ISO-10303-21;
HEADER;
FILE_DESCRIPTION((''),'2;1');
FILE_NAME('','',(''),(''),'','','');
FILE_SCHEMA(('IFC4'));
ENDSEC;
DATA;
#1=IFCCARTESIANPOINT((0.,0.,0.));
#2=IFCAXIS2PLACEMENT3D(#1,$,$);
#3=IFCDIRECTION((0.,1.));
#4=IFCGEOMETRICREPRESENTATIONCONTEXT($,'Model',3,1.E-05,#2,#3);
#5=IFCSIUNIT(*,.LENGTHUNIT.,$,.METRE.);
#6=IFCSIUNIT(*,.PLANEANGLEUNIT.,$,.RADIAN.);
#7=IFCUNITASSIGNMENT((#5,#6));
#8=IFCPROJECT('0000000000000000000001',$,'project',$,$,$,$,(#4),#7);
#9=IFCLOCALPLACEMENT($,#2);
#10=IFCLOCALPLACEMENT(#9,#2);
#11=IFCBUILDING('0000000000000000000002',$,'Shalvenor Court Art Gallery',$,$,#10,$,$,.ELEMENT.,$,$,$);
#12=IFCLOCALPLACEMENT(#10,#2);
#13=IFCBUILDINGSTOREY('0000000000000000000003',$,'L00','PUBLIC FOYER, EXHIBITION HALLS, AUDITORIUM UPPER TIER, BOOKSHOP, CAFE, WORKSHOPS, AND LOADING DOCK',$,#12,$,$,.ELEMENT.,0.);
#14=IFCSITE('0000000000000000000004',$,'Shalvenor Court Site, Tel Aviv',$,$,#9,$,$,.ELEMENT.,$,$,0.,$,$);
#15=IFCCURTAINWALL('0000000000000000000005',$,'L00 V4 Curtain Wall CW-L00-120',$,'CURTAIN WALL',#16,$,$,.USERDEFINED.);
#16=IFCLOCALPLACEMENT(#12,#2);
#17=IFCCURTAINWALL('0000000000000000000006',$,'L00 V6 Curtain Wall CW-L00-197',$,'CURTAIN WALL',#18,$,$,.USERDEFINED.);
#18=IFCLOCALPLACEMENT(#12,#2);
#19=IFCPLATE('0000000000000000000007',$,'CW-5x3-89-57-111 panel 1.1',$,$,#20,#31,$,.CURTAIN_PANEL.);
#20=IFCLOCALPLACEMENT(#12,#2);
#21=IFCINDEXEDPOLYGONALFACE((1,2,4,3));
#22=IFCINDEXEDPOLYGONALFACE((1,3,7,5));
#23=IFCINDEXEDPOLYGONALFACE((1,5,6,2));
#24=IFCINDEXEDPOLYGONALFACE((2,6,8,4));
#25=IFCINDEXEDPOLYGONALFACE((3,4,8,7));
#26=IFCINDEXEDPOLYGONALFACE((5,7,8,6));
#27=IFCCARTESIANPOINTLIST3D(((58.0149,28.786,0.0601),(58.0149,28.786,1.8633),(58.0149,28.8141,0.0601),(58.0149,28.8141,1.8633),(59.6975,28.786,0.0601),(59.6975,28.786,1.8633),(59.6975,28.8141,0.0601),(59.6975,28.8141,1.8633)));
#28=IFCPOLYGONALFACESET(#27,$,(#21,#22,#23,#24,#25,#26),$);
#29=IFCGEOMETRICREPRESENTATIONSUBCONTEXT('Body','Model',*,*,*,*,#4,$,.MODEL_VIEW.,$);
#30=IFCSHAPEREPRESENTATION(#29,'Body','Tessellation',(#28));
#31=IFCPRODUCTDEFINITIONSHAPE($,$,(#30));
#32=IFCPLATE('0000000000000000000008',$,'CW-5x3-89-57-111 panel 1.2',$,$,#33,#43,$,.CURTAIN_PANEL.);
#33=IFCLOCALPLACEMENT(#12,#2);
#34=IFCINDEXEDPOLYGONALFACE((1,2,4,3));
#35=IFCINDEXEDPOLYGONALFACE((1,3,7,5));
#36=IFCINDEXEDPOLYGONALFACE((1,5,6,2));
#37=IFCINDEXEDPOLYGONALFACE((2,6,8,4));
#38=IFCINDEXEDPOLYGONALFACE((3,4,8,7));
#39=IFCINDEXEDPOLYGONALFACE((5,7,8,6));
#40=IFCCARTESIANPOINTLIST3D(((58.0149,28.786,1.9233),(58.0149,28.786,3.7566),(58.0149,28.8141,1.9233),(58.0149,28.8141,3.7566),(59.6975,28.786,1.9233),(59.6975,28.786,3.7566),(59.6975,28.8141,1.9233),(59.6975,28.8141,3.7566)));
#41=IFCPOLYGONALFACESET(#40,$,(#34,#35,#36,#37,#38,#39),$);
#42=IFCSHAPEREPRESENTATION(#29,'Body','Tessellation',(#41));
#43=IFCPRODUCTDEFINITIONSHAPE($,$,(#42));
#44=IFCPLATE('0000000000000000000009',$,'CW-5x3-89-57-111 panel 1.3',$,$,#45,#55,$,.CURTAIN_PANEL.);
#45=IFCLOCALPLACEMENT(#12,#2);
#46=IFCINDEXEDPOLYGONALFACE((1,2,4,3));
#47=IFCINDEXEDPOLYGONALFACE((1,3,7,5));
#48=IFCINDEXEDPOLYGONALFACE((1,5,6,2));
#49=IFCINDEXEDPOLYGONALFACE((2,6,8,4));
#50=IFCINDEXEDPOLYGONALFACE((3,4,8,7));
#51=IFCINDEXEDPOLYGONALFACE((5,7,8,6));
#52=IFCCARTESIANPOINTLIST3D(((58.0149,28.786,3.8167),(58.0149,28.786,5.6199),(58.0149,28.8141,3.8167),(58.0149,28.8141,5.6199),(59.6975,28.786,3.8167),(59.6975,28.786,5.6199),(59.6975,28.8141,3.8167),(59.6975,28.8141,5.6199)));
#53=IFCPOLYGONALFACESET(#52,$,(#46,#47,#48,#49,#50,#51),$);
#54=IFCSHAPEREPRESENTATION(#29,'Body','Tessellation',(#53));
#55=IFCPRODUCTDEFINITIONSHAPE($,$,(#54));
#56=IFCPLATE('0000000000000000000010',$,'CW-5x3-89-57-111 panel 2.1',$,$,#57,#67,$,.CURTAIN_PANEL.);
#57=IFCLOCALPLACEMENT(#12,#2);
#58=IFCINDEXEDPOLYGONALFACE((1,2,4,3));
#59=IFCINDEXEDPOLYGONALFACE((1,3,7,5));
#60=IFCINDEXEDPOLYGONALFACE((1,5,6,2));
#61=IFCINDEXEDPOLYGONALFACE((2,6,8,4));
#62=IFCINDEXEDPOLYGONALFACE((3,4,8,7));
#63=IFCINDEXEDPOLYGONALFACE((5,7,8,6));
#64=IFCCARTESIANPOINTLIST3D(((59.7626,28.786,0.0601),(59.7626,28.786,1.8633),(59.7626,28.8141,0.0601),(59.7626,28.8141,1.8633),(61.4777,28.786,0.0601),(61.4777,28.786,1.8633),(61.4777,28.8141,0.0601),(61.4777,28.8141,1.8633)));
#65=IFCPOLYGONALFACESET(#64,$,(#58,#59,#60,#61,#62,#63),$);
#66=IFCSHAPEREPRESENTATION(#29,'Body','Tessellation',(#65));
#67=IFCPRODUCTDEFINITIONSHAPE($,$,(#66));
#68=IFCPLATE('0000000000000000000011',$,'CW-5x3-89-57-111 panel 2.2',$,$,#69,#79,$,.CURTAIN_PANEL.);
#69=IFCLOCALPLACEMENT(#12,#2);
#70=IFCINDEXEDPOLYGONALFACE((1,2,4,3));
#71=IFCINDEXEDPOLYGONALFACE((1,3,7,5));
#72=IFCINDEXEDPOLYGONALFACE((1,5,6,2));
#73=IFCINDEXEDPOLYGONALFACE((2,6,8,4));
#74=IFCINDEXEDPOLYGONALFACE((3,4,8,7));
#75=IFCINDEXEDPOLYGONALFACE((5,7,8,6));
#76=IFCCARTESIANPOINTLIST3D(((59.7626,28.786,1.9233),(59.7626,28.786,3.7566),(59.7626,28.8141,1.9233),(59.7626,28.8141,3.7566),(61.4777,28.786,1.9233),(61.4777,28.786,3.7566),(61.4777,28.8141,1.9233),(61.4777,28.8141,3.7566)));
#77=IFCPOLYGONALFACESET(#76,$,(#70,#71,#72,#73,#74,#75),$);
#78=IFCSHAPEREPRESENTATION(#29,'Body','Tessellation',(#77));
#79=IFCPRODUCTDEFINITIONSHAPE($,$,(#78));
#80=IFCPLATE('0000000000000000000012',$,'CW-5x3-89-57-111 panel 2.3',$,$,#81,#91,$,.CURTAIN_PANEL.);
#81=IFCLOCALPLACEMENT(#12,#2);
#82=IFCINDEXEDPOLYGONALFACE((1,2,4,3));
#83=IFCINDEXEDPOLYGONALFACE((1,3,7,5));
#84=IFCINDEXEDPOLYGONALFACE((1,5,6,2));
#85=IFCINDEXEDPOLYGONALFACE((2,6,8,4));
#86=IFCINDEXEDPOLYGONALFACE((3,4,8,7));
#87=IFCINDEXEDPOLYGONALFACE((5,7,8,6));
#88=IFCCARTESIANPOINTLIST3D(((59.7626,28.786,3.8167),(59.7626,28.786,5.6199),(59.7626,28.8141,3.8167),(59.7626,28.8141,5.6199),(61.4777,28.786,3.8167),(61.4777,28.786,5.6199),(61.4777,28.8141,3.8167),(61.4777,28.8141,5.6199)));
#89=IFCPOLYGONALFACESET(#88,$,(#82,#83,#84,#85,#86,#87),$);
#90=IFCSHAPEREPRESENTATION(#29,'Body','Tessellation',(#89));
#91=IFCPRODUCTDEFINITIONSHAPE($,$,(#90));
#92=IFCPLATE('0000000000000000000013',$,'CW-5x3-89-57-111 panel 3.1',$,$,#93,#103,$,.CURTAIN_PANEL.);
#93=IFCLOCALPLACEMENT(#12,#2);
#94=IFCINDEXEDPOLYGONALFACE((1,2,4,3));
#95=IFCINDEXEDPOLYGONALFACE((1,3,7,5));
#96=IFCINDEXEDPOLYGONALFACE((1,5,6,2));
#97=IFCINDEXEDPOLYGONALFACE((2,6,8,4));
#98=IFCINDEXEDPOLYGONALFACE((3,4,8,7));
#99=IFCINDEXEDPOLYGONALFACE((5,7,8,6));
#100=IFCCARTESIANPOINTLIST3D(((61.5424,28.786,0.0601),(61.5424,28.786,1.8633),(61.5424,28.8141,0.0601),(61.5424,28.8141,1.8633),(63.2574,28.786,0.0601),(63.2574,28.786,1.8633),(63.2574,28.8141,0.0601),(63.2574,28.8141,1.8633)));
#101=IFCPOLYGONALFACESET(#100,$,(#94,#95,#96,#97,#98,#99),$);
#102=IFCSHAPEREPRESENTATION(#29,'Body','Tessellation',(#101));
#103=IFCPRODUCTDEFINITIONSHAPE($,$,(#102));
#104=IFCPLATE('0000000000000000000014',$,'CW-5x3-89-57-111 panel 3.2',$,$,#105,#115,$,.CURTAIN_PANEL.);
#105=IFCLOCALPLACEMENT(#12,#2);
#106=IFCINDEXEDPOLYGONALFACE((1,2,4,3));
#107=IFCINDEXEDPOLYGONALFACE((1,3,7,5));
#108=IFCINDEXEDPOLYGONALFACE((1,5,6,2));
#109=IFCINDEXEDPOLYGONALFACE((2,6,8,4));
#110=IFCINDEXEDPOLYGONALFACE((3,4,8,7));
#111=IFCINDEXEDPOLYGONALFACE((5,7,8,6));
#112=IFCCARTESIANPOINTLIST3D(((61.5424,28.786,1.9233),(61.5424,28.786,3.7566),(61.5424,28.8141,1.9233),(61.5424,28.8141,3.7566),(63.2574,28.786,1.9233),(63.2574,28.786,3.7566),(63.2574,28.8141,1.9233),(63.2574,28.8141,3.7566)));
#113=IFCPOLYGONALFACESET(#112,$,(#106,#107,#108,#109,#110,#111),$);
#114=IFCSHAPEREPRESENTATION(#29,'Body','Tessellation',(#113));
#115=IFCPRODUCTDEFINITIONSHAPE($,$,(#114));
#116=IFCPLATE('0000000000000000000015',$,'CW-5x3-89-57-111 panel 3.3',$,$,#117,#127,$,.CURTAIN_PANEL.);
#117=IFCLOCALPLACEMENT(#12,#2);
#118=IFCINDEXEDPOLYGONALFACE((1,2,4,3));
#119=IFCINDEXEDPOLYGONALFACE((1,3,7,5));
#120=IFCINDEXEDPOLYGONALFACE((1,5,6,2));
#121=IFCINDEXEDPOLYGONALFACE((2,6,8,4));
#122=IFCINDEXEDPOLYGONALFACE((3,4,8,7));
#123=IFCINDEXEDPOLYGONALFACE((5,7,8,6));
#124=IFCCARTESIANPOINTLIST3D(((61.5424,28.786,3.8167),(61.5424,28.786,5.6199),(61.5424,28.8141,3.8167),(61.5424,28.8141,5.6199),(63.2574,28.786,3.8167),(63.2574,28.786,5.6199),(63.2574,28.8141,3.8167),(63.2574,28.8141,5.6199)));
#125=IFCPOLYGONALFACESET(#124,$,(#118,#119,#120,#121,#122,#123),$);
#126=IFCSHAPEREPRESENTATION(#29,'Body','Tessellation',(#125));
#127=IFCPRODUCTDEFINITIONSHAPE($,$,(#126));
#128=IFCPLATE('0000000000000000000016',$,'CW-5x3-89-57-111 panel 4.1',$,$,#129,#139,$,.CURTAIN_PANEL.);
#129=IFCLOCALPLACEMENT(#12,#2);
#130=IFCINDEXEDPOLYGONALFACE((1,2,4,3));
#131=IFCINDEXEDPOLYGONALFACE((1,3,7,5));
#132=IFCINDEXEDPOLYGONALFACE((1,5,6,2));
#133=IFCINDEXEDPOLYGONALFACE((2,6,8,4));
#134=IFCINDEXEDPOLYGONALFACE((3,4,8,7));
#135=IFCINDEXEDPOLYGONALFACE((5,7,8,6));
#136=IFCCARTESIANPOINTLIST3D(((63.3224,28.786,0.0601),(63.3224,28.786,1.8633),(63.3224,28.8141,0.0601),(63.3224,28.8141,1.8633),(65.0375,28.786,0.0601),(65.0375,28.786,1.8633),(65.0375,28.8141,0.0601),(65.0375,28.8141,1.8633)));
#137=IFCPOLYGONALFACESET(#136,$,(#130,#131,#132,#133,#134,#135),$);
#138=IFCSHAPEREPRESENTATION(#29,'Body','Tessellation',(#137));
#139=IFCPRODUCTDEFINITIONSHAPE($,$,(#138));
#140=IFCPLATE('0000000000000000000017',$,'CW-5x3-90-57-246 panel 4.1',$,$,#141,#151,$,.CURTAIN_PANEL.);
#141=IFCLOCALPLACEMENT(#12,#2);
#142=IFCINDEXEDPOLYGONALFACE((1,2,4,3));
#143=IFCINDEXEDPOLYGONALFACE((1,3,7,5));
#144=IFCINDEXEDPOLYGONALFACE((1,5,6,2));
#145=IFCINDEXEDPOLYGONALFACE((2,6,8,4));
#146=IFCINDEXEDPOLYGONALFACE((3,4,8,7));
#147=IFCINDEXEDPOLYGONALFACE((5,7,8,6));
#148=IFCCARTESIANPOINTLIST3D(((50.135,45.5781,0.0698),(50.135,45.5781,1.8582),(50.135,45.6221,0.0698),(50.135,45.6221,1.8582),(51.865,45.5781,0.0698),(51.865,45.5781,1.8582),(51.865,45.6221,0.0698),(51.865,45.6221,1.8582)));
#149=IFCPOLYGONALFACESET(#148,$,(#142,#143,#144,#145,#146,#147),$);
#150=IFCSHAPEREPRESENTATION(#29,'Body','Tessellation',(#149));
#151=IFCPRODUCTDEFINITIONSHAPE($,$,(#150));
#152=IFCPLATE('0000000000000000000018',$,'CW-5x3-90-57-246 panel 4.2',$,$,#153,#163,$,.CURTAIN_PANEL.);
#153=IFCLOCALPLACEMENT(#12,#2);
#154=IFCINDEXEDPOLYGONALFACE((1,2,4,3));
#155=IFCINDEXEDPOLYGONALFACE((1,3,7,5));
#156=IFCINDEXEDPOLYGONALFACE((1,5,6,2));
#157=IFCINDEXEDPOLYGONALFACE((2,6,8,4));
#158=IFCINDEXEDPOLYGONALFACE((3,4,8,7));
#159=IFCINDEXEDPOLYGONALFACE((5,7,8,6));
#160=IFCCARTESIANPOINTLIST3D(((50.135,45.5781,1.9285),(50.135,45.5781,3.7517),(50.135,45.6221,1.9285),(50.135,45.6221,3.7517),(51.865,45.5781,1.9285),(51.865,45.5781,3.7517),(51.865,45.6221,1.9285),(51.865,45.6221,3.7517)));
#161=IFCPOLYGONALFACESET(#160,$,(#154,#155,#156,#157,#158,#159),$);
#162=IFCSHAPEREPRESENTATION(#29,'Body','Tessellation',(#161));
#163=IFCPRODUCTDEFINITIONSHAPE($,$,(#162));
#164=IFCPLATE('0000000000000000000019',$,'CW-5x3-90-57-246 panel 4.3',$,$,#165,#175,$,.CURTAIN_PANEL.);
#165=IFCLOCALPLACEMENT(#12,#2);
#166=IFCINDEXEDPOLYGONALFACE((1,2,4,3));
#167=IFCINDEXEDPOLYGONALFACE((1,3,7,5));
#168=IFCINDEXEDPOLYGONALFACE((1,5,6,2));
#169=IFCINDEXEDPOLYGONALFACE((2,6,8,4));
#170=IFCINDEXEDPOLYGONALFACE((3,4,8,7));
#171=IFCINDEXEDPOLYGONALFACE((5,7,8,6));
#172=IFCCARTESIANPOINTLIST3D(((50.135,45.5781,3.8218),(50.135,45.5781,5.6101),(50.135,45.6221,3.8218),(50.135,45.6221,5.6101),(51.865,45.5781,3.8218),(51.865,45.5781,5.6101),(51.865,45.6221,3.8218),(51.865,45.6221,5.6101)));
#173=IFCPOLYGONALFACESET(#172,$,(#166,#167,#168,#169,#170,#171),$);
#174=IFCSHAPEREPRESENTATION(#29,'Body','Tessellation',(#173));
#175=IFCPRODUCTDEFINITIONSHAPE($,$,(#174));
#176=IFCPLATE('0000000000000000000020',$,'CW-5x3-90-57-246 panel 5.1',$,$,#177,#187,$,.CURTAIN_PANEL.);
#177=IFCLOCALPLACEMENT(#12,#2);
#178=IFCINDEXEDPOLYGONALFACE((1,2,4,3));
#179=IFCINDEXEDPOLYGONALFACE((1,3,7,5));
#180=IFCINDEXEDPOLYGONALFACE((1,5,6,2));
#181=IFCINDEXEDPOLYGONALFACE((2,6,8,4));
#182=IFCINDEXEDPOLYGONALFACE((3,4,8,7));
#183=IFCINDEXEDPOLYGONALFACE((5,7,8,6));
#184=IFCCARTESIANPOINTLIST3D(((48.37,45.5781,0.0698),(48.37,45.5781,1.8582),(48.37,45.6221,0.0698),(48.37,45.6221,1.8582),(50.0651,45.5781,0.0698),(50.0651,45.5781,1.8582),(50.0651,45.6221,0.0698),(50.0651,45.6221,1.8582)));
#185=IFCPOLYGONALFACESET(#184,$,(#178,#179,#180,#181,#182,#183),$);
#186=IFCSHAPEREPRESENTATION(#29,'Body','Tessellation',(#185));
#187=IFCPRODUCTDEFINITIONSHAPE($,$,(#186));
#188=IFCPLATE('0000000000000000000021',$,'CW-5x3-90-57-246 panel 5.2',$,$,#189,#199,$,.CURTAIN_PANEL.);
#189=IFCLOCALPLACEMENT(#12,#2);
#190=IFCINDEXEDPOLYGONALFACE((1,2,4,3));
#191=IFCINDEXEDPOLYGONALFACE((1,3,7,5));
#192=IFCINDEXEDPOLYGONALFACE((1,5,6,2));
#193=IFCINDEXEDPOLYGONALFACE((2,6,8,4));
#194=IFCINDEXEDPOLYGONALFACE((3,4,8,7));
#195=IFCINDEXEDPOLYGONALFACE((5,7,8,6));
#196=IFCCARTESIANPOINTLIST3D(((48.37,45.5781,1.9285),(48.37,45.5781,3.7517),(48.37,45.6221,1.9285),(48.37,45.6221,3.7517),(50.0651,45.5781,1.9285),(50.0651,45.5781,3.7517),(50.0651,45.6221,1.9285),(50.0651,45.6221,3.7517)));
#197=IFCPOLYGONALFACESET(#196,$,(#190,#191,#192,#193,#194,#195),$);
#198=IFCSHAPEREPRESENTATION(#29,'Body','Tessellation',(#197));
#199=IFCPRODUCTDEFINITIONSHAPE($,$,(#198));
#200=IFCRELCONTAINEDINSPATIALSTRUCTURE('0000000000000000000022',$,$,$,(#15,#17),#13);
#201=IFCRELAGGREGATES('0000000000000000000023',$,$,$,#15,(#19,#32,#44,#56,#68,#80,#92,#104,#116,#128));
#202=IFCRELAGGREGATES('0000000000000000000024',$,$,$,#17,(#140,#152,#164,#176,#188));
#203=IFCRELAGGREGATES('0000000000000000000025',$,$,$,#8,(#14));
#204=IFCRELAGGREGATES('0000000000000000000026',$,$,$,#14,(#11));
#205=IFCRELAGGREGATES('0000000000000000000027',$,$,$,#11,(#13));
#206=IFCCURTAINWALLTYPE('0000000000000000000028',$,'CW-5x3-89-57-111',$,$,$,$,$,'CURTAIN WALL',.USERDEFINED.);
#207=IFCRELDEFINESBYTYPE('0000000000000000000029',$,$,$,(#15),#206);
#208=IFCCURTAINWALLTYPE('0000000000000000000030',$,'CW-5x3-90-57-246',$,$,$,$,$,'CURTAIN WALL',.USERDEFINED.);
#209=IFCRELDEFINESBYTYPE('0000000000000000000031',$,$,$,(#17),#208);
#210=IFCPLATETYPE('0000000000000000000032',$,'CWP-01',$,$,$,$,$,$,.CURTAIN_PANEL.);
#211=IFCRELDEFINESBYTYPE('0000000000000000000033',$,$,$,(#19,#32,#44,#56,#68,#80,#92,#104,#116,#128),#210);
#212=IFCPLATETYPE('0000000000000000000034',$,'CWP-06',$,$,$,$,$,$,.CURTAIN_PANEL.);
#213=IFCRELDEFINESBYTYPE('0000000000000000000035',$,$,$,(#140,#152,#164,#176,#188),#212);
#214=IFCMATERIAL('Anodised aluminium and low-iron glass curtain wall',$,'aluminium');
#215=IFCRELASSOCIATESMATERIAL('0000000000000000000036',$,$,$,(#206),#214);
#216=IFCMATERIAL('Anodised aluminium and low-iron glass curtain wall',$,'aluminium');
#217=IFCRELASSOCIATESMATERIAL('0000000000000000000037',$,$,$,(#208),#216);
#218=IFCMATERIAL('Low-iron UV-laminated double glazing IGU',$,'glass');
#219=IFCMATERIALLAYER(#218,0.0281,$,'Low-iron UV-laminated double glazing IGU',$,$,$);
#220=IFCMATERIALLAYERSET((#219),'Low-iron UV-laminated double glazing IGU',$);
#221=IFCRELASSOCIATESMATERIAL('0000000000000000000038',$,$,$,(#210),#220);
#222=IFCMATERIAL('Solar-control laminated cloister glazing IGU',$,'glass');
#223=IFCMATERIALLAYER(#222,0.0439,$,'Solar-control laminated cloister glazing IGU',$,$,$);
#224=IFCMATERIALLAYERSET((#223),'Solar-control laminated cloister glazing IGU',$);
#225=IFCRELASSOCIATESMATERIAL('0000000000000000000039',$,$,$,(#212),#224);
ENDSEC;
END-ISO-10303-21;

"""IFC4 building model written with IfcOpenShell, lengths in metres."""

from ifc_helpers import new_model, si_unit, direction, frame, origin, origin_2d, place, context, subcontext, project, spatial, rectangle, extrude, material, layer, layer_set, type_object, element, aggregate, save


model = new_model("IFC4")

# Units and contexts
model_context = context("Model", 3, precision=1e-05, world=origin(), true_north=direction((0.0, 1.0)))
body_context = subcontext(model_context, "Body", "Model", "MODEL_VIEW")
ifc_project = project(units=[si_unit("LENGTHUNIT", "METRE"), si_unit("PLANEANGLEUNIT", "RADIAN")], contexts=[model_context])

# Site, building, storey
site_placement = place(None, origin())
site = spatial("IfcSite", under=ifc_project, at=site_placement, Name="Shalvenor Court Site, Tel Aviv", CompositionType="ELEMENT", RefElevation=0.0)
building_placement = place(site_placement, origin())
building = spatial("IfcBuilding", under=site, at=building_placement, Name="Shalvenor Court Art Gallery", CompositionType="ELEMENT")
storey_placement = place(building_placement, origin())
storey = spatial("IfcBuildingStorey", under=building, at=storey_placement, Name="L00", Description="PUBLIC FOYER, EXHIBITION HALLS, AUDITORIUM UPPER TIER, BOOKSHOP, CAFE, WORKSHOPS, AND LOADING DOCK", CompositionType="ELEMENT", Elevation=0.0)

# Curtain walls
ifc_material_1 = material(Name="Anodised aluminium and low-iron glass curtain wall", Category="aluminium")
curtain_wall_type_1 = type_object("IfcCurtainWallType", Name="CW-5x3-89-57-111", ElementType="CURTAIN WALL", PredefinedType="USERDEFINED", material=ifc_material_1)
curtain_wall_1_placement = place(storey_placement, origin())
curtain_wall_1 = element("IfcCurtainWall", 1, at=curtain_wall_1_placement, inside=storey, type_object=curtain_wall_type_1, Name="L00 V4 Curtain Wall CW-L00-120", ObjectType="CURTAIN WALL", PredefinedType="USERDEFINED")
ifc_material_2 = material(Name="Anodised aluminium and low-iron glass curtain wall", Category="aluminium")
curtain_wall_type_2 = type_object("IfcCurtainWallType", Name="CW-5x3-90-57-246", ElementType="CURTAIN WALL", PredefinedType="USERDEFINED", material=ifc_material_2)
curtain_wall_2_placement = place(storey_placement, origin())
curtain_wall_2 = element("IfcCurtainWall", 2, at=curtain_wall_2_placement, inside=storey, type_object=curtain_wall_type_2, Name="L00 V6 Curtain Wall CW-L00-197", ObjectType="CURTAIN WALL", PredefinedType="USERDEFINED")

# Plates
ifc_material_3 = material(Name="Low-iron UV-laminated double glazing IGU", Category="glass")
ifc_layer_1 = layer(ifc_material_3, 0.0281, Name="Low-iron UV-laminated double glazing IGU")
ifc_layer_set_1 = layer_set([ifc_layer_1], Name="Low-iron UV-laminated double glazing IGU")
plate_type_1 = type_object("IfcPlateType", Name="CWP-01", PredefinedType="CURTAIN_PANEL", material=ifc_layer_set_1)
plate_1_placement = place(storey_placement, frame((58.8562, 28.8, 0.0601), z_axis=(0.0, 0.0, 1.0), x_axis=(1.0, 0.0, 0.0)))
plate_1 = element("IfcPlate", 3, at=plate_1_placement, type_object=plate_type_1, Name="CW-5x3-89-57-111 panel 1.1", PredefinedType="CURTAIN_PANEL", context=body_context, shape_type="SweptSolid", body=[
    extrude(rectangle(XDim=1.6826, YDim=0.0281, at=origin_2d()), origin(), (0.0, 0.0, 1.0), 1.8032),
])
plate_2_placement = place(storey_placement, frame((58.8562, 28.8, 1.9233), z_axis=(0.0, 0.0, 1.0), x_axis=(1.0, 0.0, 0.0)))
plate_2 = element("IfcPlate", 4, at=plate_2_placement, type_object=plate_type_1, Name="CW-5x3-89-57-111 panel 1.2", PredefinedType="CURTAIN_PANEL", context=body_context, shape_type="SweptSolid", body=[
    extrude(rectangle(XDim=1.6826, YDim=0.0281, at=origin_2d()), origin(), (0.0, 0.0, 1.0), 1.8333),
])
plate_3_placement = place(storey_placement, frame((58.8562, 28.8, 3.8167), z_axis=(0.0, 0.0, 1.0), x_axis=(1.0, 0.0, 0.0)))
plate_3 = element("IfcPlate", 5, at=plate_3_placement, type_object=plate_type_1, Name="CW-5x3-89-57-111 panel 1.3", PredefinedType="CURTAIN_PANEL", context=body_context, shape_type="SweptSolid", body=[
    extrude(rectangle(XDim=1.6826, YDim=0.0281, at=origin_2d()), origin(), (0.0, 0.0, 1.0), 1.8032),
])
plate_4_placement = place(storey_placement, frame((60.6201, 28.8, 0.0601), z_axis=(0.0, 0.0, 1.0), x_axis=(1.0, 0.0, 0.0)))
plate_4 = element("IfcPlate", 6, at=plate_4_placement, type_object=plate_type_1, Name="CW-5x3-89-57-111 panel 2.1", PredefinedType="CURTAIN_PANEL", context=body_context, shape_type="SweptSolid", body=[
    extrude(rectangle(XDim=1.7151, YDim=0.0281, at=origin_2d()), origin(), (0.0, 0.0, 1.0), 1.8032),
])
plate_5_placement = place(storey_placement, frame((60.6201, 28.8, 1.9233), z_axis=(0.0, 0.0, 1.0), x_axis=(1.0, 0.0, 0.0)))
plate_5 = element("IfcPlate", 7, at=plate_5_placement, type_object=plate_type_1, Name="CW-5x3-89-57-111 panel 2.2", PredefinedType="CURTAIN_PANEL", context=body_context, shape_type="SweptSolid", body=[
    extrude(rectangle(XDim=1.7151, YDim=0.0281, at=origin_2d()), origin(), (0.0, 0.0, 1.0), 1.8333),
])
plate_6_placement = place(storey_placement, frame((60.6201, 28.8, 3.8167), z_axis=(0.0, 0.0, 1.0), x_axis=(1.0, 0.0, 0.0)))
plate_6 = element("IfcPlate", 8, at=plate_6_placement, type_object=plate_type_1, Name="CW-5x3-89-57-111 panel 2.3", PredefinedType="CURTAIN_PANEL", context=body_context, shape_type="SweptSolid", body=[
    extrude(rectangle(XDim=1.7151, YDim=0.0281, at=origin_2d()), origin(), (0.0, 0.0, 1.0), 1.8032),
])
plate_7_placement = place(storey_placement, frame((62.3999, 28.8, 0.0601), z_axis=(0.0, 0.0, 1.0), x_axis=(1.0, 0.0, 0.0)))
plate_7 = element("IfcPlate", 9, at=plate_7_placement, type_object=plate_type_1, Name="CW-5x3-89-57-111 panel 3.1", PredefinedType="CURTAIN_PANEL", context=body_context, shape_type="SweptSolid", body=[
    extrude(rectangle(XDim=1.7151, YDim=0.0281, at=origin_2d()), origin(), (0.0, 0.0, 1.0), 1.8032),
])
plate_8_placement = place(storey_placement, frame((62.3999, 28.8, 1.9233), z_axis=(0.0, 0.0, 1.0), x_axis=(1.0, 0.0, 0.0)))
plate_8 = element("IfcPlate", 10, at=plate_8_placement, type_object=plate_type_1, Name="CW-5x3-89-57-111 panel 3.2", PredefinedType="CURTAIN_PANEL", context=body_context, shape_type="SweptSolid", body=[
    extrude(rectangle(XDim=1.7151, YDim=0.0281, at=origin_2d()), origin(), (0.0, 0.0, 1.0), 1.8333),
])
plate_9_placement = place(storey_placement, frame((62.3999, 28.8, 3.8167), z_axis=(0.0, 0.0, 1.0), x_axis=(1.0, 0.0, 0.0)))
plate_9 = element("IfcPlate", 11, at=plate_9_placement, type_object=plate_type_1, Name="CW-5x3-89-57-111 panel 3.3", PredefinedType="CURTAIN_PANEL", context=body_context, shape_type="SweptSolid", body=[
    extrude(rectangle(XDim=1.7151, YDim=0.0281, at=origin_2d()), origin(), (0.0, 0.0, 1.0), 1.8032),
])
plate_10_placement = place(storey_placement, frame((64.1799, 28.8, 0.0601), z_axis=(0.0, 0.0, 1.0), x_axis=(1.0, 0.0, 0.0)))
plate_10 = element("IfcPlate", 12, at=plate_10_placement, type_object=plate_type_1, Name="CW-5x3-89-57-111 panel 4.1", PredefinedType="CURTAIN_PANEL", context=body_context, shape_type="SweptSolid", body=[
    extrude(rectangle(XDim=1.7151, YDim=0.0281, at=origin_2d()), origin(), (0.0, 0.0, 1.0), 1.8032),
])
aggregate(curtain_wall_1, [plate_1, plate_2, plate_3, plate_4, plate_5, plate_6, plate_7, plate_8, plate_9, plate_10])
ifc_material_4 = material(Name="Solar-control laminated cloister glazing IGU", Category="glass")
ifc_layer_2 = layer(ifc_material_4, 0.0439, Name="Solar-control laminated cloister glazing IGU")
ifc_layer_set_2 = layer_set([ifc_layer_2], Name="Solar-control laminated cloister glazing IGU")
plate_type_2 = type_object("IfcPlateType", Name="CWP-06", PredefinedType="CURTAIN_PANEL", material=ifc_layer_set_2)
plate_11_placement = place(storey_placement, frame((51.0, 45.6001, 0.0698), z_axis=(0.0, 0.0, 1.0), x_axis=(-1.0, 0.0, 0.0)))
plate_11 = element("IfcPlate", 13, at=plate_11_placement, type_object=plate_type_2, Name="CW-5x3-90-57-246 panel 4.1", PredefinedType="CURTAIN_PANEL", context=body_context, shape_type="SweptSolid", body=[
    extrude(rectangle(XDim=1.73, YDim=0.0439, at=origin_2d()), origin(), (0.0, 0.0, 1.0), 1.7883),
])
plate_12_placement = place(storey_placement, frame((51.0, 45.6001, 1.9285), z_axis=(0.0, 0.0, 1.0), x_axis=(-1.0, 0.0, 0.0)))
plate_12 = element("IfcPlate", 14, at=plate_12_placement, type_object=plate_type_2, Name="CW-5x3-90-57-246 panel 4.2", PredefinedType="CURTAIN_PANEL", context=body_context, shape_type="SweptSolid", body=[
    extrude(rectangle(XDim=1.73, YDim=0.0439, at=origin_2d()), origin(), (0.0, 0.0, 1.0), 1.8232),
])
plate_13_placement = place(storey_placement, frame((51.0, 45.6001, 3.8218), z_axis=(0.0, 0.0, 1.0), x_axis=(-1.0, 0.0, 0.0)))
plate_13 = element("IfcPlate", 15, at=plate_13_placement, type_object=plate_type_2, Name="CW-5x3-90-57-246 panel 4.3", PredefinedType="CURTAIN_PANEL", context=body_context, shape_type="SweptSolid", body=[
    extrude(rectangle(XDim=1.73, YDim=0.0439, at=origin_2d()), origin(), (0.0, 0.0, 1.0), 1.7883),
])
plate_14_placement = place(storey_placement, frame((49.2175, 45.6001, 0.0698), z_axis=(0.0, 0.0, 1.0), x_axis=(-1.0, 0.0, 0.0)))
plate_14 = element("IfcPlate", 16, at=plate_14_placement, type_object=plate_type_2, Name="CW-5x3-90-57-246 panel 5.1", PredefinedType="CURTAIN_PANEL", context=body_context, shape_type="SweptSolid", body=[
    extrude(rectangle(XDim=1.6951, YDim=0.0439, at=origin_2d()), origin(), (0.0, 0.0, 1.0), 1.7883),
])
plate_15_placement = place(storey_placement, frame((49.2175, 45.6001, 1.9285), z_axis=(0.0, 0.0, 1.0), x_axis=(-1.0, 0.0, 0.0)))
plate_15 = element("IfcPlate", 17, at=plate_15_placement, type_object=plate_type_2, Name="CW-5x3-90-57-246 panel 5.2", PredefinedType="CURTAIN_PANEL", context=body_context, shape_type="SweptSolid", body=[
    extrude(rectangle(XDim=1.6951, YDim=0.0439, at=origin_2d()), origin(), (0.0, 0.0, 1.0), 1.8232),
])
aggregate(curtain_wall_2, [plate_11, plate_12, plate_13, plate_14, plate_15])

save(model, "model.ifc")
